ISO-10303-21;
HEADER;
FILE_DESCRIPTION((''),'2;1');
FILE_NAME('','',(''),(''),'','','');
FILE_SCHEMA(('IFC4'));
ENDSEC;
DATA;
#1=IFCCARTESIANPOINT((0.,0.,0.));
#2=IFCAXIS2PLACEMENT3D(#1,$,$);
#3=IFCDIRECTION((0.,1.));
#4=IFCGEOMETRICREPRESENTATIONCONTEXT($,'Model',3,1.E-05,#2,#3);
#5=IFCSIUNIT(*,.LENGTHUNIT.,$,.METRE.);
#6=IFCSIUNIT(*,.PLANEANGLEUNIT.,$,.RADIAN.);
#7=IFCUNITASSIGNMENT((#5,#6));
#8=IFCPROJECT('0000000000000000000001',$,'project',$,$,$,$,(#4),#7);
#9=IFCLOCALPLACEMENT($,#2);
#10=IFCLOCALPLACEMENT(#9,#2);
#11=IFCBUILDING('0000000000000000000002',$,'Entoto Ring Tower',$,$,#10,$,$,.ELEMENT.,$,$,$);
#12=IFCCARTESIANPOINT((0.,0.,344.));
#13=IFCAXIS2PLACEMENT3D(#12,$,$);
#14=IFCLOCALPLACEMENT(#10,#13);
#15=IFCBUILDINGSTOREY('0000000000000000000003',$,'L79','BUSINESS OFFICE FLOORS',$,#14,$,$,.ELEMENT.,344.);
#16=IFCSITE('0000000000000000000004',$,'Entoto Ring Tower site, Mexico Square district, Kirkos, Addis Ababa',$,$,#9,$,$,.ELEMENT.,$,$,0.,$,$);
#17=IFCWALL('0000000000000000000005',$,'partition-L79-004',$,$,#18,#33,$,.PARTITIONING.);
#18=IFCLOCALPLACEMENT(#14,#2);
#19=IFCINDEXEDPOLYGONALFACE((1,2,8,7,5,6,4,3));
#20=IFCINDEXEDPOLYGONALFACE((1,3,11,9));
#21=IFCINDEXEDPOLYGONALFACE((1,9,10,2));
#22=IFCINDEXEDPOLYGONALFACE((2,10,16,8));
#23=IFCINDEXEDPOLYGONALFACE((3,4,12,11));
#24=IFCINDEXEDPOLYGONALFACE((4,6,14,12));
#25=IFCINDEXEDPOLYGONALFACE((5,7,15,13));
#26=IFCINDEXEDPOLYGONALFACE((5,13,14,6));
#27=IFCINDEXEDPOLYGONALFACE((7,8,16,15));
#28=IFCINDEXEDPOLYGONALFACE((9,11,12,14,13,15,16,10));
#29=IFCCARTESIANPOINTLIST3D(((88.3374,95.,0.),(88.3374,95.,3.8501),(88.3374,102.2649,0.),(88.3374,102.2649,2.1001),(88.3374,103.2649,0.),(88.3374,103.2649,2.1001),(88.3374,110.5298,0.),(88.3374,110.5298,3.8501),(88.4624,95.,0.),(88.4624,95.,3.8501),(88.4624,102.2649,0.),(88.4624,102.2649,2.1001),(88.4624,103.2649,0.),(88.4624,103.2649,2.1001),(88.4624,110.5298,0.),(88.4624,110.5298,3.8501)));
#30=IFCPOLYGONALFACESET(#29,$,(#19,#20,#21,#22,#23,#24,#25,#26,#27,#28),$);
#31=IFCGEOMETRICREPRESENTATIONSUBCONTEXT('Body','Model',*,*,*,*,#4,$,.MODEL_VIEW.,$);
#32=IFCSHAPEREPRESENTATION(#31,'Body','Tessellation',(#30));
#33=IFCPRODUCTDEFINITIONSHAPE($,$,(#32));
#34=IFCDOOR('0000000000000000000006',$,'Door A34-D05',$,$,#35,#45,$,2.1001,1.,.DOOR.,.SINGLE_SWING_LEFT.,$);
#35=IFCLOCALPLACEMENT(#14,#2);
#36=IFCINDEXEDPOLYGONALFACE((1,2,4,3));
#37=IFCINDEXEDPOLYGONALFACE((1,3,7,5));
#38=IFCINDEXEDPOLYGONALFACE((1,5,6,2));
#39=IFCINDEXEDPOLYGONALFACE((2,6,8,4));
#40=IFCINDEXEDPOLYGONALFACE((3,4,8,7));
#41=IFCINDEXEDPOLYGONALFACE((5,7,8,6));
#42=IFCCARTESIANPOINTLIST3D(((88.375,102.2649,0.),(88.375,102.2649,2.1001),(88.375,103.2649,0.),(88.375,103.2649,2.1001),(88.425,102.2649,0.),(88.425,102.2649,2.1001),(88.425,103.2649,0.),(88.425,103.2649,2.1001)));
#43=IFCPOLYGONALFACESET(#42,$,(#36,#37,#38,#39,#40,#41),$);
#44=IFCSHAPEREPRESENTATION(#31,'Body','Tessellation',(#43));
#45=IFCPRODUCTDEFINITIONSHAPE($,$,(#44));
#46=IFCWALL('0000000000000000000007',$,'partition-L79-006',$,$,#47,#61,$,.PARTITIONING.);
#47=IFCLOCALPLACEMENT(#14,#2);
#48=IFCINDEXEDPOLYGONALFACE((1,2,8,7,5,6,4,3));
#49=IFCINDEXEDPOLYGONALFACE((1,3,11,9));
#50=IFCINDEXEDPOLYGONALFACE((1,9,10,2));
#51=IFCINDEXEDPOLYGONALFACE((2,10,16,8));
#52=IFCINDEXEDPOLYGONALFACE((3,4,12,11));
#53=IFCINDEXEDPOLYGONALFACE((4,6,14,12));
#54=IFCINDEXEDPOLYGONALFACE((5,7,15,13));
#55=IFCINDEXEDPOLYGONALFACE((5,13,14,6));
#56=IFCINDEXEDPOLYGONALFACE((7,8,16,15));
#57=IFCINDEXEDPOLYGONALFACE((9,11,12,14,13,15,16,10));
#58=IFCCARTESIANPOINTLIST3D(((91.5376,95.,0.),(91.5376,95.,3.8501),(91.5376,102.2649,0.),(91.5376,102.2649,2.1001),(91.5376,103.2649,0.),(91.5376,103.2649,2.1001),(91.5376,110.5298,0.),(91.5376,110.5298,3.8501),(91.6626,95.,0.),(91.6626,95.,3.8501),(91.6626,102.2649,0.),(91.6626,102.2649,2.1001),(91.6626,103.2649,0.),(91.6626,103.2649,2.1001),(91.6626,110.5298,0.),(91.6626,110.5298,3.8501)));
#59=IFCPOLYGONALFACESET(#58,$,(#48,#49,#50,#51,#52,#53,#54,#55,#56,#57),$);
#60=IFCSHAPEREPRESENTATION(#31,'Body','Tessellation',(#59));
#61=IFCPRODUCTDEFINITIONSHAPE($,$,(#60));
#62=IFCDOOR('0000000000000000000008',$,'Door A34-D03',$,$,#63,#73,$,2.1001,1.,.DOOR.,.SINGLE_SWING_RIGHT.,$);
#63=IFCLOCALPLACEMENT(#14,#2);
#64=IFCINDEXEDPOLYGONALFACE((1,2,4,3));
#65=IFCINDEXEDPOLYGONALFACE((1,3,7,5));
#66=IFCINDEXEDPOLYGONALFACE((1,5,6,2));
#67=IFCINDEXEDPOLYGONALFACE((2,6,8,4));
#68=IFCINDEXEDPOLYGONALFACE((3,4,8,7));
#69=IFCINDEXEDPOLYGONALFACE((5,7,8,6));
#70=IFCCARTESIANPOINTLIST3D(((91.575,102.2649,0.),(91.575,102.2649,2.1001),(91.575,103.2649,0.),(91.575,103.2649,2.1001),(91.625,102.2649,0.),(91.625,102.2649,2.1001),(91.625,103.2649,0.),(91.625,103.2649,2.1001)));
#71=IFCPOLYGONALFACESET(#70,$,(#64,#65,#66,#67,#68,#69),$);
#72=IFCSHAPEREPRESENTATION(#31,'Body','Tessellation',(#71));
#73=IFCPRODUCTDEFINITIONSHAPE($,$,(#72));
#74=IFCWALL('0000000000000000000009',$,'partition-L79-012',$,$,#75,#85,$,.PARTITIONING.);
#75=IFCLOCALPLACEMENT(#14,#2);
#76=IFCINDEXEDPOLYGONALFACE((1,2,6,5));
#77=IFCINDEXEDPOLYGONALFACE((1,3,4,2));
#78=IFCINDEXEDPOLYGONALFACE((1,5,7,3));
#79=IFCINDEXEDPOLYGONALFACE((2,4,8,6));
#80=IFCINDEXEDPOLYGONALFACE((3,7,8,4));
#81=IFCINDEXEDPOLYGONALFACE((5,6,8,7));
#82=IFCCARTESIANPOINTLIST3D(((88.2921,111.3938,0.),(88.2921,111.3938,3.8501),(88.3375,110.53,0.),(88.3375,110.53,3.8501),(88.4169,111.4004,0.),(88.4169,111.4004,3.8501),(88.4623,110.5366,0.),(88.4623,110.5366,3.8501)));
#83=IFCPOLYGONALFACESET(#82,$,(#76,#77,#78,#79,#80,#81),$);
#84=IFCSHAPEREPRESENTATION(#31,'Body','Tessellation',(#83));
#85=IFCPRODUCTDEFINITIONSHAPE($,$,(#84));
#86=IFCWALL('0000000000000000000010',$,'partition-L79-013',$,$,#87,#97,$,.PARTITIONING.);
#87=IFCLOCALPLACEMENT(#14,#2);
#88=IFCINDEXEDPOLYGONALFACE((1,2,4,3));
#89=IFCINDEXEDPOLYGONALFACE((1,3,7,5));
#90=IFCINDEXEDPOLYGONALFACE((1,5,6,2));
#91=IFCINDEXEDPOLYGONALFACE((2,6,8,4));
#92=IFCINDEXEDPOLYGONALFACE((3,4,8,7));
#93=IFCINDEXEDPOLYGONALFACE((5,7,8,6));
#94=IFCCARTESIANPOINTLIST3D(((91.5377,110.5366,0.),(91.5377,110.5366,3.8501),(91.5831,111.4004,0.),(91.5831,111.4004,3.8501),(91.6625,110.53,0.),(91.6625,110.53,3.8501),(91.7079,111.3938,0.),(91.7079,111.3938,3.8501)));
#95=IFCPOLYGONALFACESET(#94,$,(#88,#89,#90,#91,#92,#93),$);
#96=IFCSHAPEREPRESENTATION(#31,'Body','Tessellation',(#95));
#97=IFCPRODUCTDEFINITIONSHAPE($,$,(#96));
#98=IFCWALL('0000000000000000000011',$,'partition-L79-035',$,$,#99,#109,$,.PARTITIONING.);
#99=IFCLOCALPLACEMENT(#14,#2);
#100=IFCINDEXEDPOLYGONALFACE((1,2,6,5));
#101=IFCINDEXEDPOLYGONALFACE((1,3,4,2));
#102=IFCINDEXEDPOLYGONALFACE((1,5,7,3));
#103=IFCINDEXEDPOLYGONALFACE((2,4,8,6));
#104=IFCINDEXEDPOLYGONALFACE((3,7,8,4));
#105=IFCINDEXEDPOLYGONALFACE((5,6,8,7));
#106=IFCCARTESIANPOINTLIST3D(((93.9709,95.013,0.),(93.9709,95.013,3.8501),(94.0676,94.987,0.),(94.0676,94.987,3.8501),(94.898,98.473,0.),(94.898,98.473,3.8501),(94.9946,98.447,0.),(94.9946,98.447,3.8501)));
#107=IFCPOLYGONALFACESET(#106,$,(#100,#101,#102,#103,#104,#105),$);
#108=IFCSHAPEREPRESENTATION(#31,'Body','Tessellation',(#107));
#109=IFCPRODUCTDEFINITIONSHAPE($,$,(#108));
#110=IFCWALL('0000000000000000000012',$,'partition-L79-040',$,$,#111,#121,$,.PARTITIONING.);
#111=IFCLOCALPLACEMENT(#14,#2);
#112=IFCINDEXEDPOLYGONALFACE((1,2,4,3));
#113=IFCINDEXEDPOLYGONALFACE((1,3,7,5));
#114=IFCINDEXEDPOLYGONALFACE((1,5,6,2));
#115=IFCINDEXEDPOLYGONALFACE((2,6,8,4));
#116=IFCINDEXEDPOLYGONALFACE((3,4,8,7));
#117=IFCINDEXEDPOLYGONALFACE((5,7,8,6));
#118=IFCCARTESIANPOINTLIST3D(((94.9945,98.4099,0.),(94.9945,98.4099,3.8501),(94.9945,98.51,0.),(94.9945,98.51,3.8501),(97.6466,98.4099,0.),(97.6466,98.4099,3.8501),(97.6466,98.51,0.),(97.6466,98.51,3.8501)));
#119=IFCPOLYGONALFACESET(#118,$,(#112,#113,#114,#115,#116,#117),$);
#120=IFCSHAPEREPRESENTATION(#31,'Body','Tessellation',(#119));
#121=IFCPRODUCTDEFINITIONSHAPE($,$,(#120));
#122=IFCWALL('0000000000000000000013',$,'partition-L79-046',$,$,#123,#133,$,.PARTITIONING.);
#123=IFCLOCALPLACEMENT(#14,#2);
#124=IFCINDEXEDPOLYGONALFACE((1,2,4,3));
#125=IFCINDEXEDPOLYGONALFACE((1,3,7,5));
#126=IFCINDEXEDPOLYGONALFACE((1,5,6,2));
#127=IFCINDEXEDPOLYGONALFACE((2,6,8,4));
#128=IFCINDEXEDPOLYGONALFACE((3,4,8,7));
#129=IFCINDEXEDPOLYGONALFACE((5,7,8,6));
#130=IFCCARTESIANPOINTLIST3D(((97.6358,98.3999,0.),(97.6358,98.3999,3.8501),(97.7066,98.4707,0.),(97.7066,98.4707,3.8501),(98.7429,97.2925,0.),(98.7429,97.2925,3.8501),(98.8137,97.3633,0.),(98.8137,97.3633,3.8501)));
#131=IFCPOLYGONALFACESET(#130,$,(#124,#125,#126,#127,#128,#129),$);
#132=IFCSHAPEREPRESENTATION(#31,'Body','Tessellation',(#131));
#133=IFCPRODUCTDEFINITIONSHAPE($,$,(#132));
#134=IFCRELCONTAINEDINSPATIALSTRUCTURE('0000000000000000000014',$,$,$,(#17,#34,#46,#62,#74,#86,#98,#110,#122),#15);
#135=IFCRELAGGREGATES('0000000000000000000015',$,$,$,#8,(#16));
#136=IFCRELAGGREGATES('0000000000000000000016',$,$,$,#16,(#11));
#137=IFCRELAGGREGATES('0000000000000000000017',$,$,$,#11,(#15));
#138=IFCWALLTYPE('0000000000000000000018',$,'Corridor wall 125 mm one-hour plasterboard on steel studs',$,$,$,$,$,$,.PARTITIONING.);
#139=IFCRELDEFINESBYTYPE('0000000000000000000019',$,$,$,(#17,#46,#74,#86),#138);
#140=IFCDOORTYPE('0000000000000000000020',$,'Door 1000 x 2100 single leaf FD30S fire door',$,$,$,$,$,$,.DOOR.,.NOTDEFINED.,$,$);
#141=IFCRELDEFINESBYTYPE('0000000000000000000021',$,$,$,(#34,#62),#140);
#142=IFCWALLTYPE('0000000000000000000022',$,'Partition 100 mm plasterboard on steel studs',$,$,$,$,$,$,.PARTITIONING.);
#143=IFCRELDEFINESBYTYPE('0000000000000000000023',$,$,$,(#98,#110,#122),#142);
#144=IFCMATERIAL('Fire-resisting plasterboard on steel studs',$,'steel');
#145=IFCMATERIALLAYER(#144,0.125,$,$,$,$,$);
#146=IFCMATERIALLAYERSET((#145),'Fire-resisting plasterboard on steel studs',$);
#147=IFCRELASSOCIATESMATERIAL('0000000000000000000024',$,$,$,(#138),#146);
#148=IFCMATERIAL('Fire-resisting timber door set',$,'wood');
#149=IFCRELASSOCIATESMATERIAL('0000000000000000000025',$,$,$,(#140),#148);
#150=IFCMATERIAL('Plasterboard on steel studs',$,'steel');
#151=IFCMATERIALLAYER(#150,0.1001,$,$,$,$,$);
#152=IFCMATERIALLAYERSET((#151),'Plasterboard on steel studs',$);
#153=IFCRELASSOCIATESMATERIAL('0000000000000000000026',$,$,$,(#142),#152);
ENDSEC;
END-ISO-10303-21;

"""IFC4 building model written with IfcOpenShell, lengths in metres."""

from ifc_helpers import new_model, si_unit, direction, frame, frame_2d, origin, place, context, subcontext, project, spatial, rectangle, extrude, material, layer, layer_set, type_object, element, fill, save


model = new_model("IFC4")

# Units and contexts
model_context = context("Model", 3, precision=1e-05, world=origin(), true_north=direction((0.0, 1.0)))
body_context = subcontext(model_context, "Body", "Model", "MODEL_VIEW")
ifc_project = project(units=[si_unit("LENGTHUNIT", "METRE"), si_unit("PLANEANGLEUNIT", "RADIAN")], contexts=[model_context])

# Site, building, storey
site_placement = place(None, origin())
site = spatial("IfcSite", under=ifc_project, at=site_placement, Name="Entoto Ring Tower site, Mexico Square district, Kirkos, Addis Ababa", CompositionType="ELEMENT", RefElevation=0.0)
building_placement = place(site_placement, origin())
building = spatial("IfcBuilding", under=site, at=building_placement, Name="Entoto Ring Tower", CompositionType="ELEMENT")
storey_placement = place(building_placement, frame((0.0, 0.0, 344.0)))
storey = spatial("IfcBuildingStorey", under=building, at=storey_placement, Name="L79", Description="BUSINESS OFFICE FLOORS", CompositionType="ELEMENT", Elevation=344.0)

# Walls, openings, doors
ifc_material_1 = material(Name="Fire-resisting plasterboard on steel studs", Category="steel")
ifc_layer_1 = layer(ifc_material_1, 0.125)
ifc_layer_set_1 = layer_set([ifc_layer_1], Name="Fire-resisting plasterboard on steel studs")
wall_type_1 = type_object("IfcWallType", Name="Corridor wall 125 mm one-hour plasterboard on steel studs", PredefinedType="PARTITIONING", material=ifc_layer_set_1)
wall_1_placement = place(storey_placement, frame((88.3999, 95.0, 0.0), z_axis=(0.0, 0.0, 1.0), x_axis=(0.0, 1.0, 0.0)))
wall_1 = element("IfcWall", 1, at=wall_1_placement, inside=storey, type_object=wall_type_1, Name="partition-L79-004", PredefinedType="PARTITIONING", context=body_context, shape_type="SweptSolid", body=[
    extrude(rectangle(XDim=15.5298, YDim=0.125, at=frame_2d((7.7649, 0.0))), origin(), (0.0, 0.0, 1.0), 3.8501),
])
opening_1_placement = place(wall_1_placement, frame((7.2649, 0.0, 0.0)))
opening_1 = element("IfcOpeningElement", 2, at=opening_1_placement, cuts=wall_1, PredefinedType="OPENING", context=body_context, shape_type="SweptSolid", body=[
    extrude(rectangle(XDim=1.0, YDim=2.1001, at=frame_2d((0.5, 1.05))), frame((0.0, 0.0725, 0.0), z_axis=(0.0, -1.0, 0.0), x_axis=(1.0, 0.0, 0.0)), (0.0, 0.0, 1.0), 0.145),
])
ifc_material_2 = material(Name="Fire-resisting timber door set", Category="wood")
door_type_1 = type_object("IfcDoorType", Name="Door 1000 x 2100 single leaf FD30S fire door", OperationType="NOTDEFINED", PredefinedType="DOOR", material=ifc_material_2)
door_1_placement = place(opening_1_placement, origin())
door_1 = element("IfcDoor", 3, at=door_1_placement, inside=storey, type_object=door_type_1, Name="Door A34-D05", OperationType="SINGLE_SWING_LEFT", OverallHeight=2.1001, OverallWidth=1.0, PredefinedType="DOOR", context=body_context, shape_type="SweptSolid", body=[
    extrude(rectangle(XDim=1.0, YDim=2.1001, at=frame_2d((0.5, 1.05))), frame((0.0, 0.0249, 0.0), z_axis=(0.0, -1.0, 0.0), x_axis=(1.0, 0.0, 0.0)), (0.0, 0.0, 1.0), 0.05),
])
fill(opening_1, door_1)
wall_2_placement = place(storey_placement, frame((91.6001, 95.0, 0.0), z_axis=(0.0, 0.0, 1.0), x_axis=(0.0, 1.0, 0.0)))
wall_2 = element("IfcWall", 4, at=wall_2_placement, inside=storey, type_object=wall_type_1, Name="partition-L79-006", PredefinedType="PARTITIONING", context=body_context, shape_type="SweptSolid", body=[
    extrude(rectangle(XDim=15.5298, YDim=0.125, at=frame_2d((7.7649, 0.0))), origin(), (0.0, 0.0, 1.0), 3.8501),
])
opening_2_placement = place(wall_2_placement, frame((7.2649, 0.0, 0.0)))
opening_2 = element("IfcOpeningElement", 5, at=opening_2_placement, cuts=wall_2, PredefinedType="OPENING", context=body_context, shape_type="SweptSolid", body=[
    extrude(rectangle(XDim=1.0, YDim=2.1001, at=frame_2d((0.5, 1.05))), frame((0.0, 0.0725, 0.0), z_axis=(0.0, -1.0, 0.0), x_axis=(1.0, 0.0, 0.0)), (0.0, 0.0, 1.0), 0.145),
])
door_2_placement = place(opening_2_placement, frame((1.0, 0.0, 0.0), z_axis=(0.0, 0.0, 1.0), x_axis=(-1.0, 0.0, 0.0)))
door_2 = element("IfcDoor", 6, at=door_2_placement, inside=storey, type_object=door_type_1, Name="Door A34-D03", OperationType="SINGLE_SWING_RIGHT", OverallHeight=2.1001, OverallWidth=1.0, PredefinedType="DOOR", context=body_context, shape_type="SweptSolid", body=[
    extrude(rectangle(XDim=1.0, YDim=2.1001, at=frame_2d((0.5, 1.05))), frame((0.0, 0.0249, 0.0), z_axis=(0.0, -1.0, 0.0), x_axis=(1.0, 0.0, 0.0)), (0.0, 0.0, 1.0), 0.05),
])
fill(opening_2, door_2)

# Walls
for number, where, z_axis, x_axis, name in (
    (7, (88.3999, 110.5332, 0.0), (0.0, 0.0, 1.0), (-0.0525, 0.998621, 0.0), "partition-L79-012"),
    (8, (91.6001, 110.5332, 0.0), (0.0, 0.0, 1.0), (0.0525, 0.998621, 0.0), "partition-L79-013"),
):
    element("IfcWall", number, at=place(storey_placement, frame(where, z_axis=z_axis, x_axis=x_axis)), inside=storey, type_object=wall_type_1, Name=name, PredefinedType="PARTITIONING", context=body_context, shape_type="SweptSolid", body=[
        extrude(rectangle(XDim=0.865, YDim=0.125, at=frame_2d((0.4326, 0.0))), origin(), (0.0, 0.0, 1.0), 3.8501),
    ])
ifc_material_3 = material(Name="Plasterboard on steel studs", Category="steel")
ifc_layer_2 = layer(ifc_material_3, 0.1001)
ifc_layer_set_2 = layer_set([ifc_layer_2], Name="Plasterboard on steel studs")
wall_type_2 = type_object("IfcWallType", Name="Partition 100 mm plasterboard on steel studs", PredefinedType="PARTITIONING", material=ifc_layer_set_2)
wall_3_placement = place(storey_placement, frame((94.0193, 95.0, 0.0), z_axis=(0.0, 0.0, 1.0), x_axis=(0.258795, 0.965932, 0.0)))
element("IfcWall", 9, at=wall_3_placement, inside=storey, type_object=wall_type_2, Name="partition-L79-035", PredefinedType="PARTITIONING", context=body_context, shape_type="SweptSolid", body=[
    extrude(rectangle(XDim=3.582, YDim=0.1001, at=frame_2d((1.791, 0.0))), origin(), (0.0, 0.0, 1.0), 3.8501),
])
wall_4_placement = place(storey_placement, frame((94.9944, 98.46, 0.0), z_axis=(0.0, 0.0, 1.0), x_axis=(1.0, 0.0, 0.0)))
element("IfcWall", 10, at=wall_4_placement, inside=storey, type_object=wall_type_2, Name="partition-L79-040", PredefinedType="PARTITIONING", context=body_context, shape_type="SweptSolid", body=[
    extrude(rectangle(XDim=2.6521, YDim=0.1001, at=frame_2d((1.3262, 0.0))), origin(), (0.0, 0.0, 1.0), 3.8501),
])
wall_5_placement = place(storey_placement, frame((98.7783, 97.3279, 0.0), z_axis=(0.0, 0.0, 1.0), x_axis=(-0.707029, 0.707185, 0.0)))
element("IfcWall", 11, at=wall_5_placement, inside=storey, type_object=wall_type_2, Name="partition-L79-046", PredefinedType="PARTITIONING", context=body_context, shape_type="SweptSolid", body=[
    extrude(rectangle(XDim=1.5659, YDim=0.1001, at=frame_2d((0.783, 0.0))), origin(), (0.0, 0.0, 1.0), 3.8501),
])

save(model, "model.ifc")
